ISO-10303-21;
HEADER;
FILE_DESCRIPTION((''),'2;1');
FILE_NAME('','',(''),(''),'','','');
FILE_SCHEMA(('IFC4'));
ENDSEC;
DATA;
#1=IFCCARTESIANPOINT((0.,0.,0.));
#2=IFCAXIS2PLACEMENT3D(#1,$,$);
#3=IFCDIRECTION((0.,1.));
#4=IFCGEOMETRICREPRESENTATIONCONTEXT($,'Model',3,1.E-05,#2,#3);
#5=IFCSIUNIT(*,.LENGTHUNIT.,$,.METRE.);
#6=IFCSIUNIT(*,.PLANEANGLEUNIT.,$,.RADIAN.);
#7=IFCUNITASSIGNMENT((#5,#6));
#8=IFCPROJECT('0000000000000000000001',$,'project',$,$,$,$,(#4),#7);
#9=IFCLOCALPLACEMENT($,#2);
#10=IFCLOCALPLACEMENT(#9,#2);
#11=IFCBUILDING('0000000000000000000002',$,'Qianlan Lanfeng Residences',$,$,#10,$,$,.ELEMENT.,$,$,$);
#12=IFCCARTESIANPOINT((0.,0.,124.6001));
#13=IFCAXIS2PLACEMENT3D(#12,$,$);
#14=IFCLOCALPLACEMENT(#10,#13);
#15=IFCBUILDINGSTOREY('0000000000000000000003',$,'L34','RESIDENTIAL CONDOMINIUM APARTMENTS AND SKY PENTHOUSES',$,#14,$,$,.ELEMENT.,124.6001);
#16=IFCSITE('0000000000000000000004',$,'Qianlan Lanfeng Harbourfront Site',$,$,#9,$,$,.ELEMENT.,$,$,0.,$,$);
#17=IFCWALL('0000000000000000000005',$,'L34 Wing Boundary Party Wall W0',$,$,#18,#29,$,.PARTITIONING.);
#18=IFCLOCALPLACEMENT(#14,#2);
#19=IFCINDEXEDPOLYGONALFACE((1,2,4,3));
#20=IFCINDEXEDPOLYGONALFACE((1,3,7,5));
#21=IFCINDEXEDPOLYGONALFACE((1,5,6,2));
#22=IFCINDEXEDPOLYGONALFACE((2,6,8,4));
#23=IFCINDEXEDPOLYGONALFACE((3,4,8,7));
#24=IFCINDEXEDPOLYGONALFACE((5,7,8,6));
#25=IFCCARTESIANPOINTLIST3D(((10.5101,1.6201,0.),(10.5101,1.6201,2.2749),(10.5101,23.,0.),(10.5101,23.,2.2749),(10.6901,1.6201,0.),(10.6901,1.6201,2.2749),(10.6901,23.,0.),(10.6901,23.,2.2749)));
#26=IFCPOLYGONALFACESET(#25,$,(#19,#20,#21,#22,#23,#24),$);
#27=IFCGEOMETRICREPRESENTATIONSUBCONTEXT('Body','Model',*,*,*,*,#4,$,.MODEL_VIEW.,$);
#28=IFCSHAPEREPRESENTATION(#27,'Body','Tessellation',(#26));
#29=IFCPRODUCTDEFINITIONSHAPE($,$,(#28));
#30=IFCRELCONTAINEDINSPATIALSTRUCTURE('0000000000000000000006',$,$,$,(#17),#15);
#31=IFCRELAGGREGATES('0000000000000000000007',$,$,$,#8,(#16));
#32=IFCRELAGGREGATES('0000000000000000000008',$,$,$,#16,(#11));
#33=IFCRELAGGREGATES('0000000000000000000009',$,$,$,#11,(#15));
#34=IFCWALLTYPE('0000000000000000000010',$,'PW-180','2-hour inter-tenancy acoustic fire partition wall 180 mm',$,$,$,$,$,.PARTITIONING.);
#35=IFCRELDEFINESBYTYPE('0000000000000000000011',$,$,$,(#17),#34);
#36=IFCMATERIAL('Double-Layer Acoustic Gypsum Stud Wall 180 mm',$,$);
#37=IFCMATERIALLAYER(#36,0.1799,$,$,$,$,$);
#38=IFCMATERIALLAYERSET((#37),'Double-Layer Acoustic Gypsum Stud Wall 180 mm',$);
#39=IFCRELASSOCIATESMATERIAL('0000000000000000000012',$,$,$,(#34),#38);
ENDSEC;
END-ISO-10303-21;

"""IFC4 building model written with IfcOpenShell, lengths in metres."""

from ifc_helpers import new_model, si_unit, direction, frame, frame_2d, origin, place, context, subcontext, project, spatial, rectangle, extrude, material, layer, layer_set, type_object, element, save


model = new_model("IFC4")

# Units and contexts
model_context = context("Model", 3, precision=1e-05, world=origin(), true_north=direction((0.0, 1.0)))
body_context = subcontext(model_context, "Body", "Model", "MODEL_VIEW")
ifc_project = project(units=[si_unit("LENGTHUNIT", "METRE"), si_unit("PLANEANGLEUNIT", "RADIAN")], contexts=[model_context])

# Site, building, storey
site_placement = place(None, origin())
site = spatial("IfcSite", under=ifc_project, at=site_placement, Name="Qianlan Lanfeng Harbourfront Site", CompositionType="ELEMENT", RefElevation=0.0)
building_placement = place(site_placement, origin())
building = spatial("IfcBuilding", under=site, at=building_placement, Name="Qianlan Lanfeng Residences", CompositionType="ELEMENT")
storey_placement = place(building_placement, frame((0.0, 0.0, 124.6001)))
storey = spatial("IfcBuildingStorey", under=building, at=storey_placement, Name="L34", Description="RESIDENTIAL CONDOMINIUM APARTMENTS AND SKY PENTHOUSES", CompositionType="ELEMENT", Elevation=124.6001)

# Wall
ifc_material_1 = material(Name="Double-Layer Acoustic Gypsum Stud Wall 180 mm")
ifc_layer_1 = layer(ifc_material_1, 0.1799)
ifc_layer_set_1 = layer_set([ifc_layer_1], Name="Double-Layer Acoustic Gypsum Stud Wall 180 mm")
wall_type_1 = type_object("IfcWallType", Name="PW-180", Description="2-hour inter-tenancy acoustic fire partition wall 180 mm", PredefinedType="PARTITIONING", material=ifc_layer_set_1)
wall_1_placement = place(storey_placement, frame((10.6001, 1.6201, 0.0), z_axis=(0.0, 0.0, 1.0), x_axis=(0.0, 1.0, 0.0)))
element("IfcWall", 1, at=wall_1_placement, inside=storey, type_object=wall_type_1, Name="L34 Wing Boundary Party Wall W0", PredefinedType="PARTITIONING", context=body_context, shape_type="SweptSolid", body=[
    extrude(rectangle(XDim=21.3799, YDim=0.1799, at=frame_2d((10.6899, 0.0))), origin(), (0.0, 0.0, 1.0), 2.2749),
])

save(model, "model.ifc")
